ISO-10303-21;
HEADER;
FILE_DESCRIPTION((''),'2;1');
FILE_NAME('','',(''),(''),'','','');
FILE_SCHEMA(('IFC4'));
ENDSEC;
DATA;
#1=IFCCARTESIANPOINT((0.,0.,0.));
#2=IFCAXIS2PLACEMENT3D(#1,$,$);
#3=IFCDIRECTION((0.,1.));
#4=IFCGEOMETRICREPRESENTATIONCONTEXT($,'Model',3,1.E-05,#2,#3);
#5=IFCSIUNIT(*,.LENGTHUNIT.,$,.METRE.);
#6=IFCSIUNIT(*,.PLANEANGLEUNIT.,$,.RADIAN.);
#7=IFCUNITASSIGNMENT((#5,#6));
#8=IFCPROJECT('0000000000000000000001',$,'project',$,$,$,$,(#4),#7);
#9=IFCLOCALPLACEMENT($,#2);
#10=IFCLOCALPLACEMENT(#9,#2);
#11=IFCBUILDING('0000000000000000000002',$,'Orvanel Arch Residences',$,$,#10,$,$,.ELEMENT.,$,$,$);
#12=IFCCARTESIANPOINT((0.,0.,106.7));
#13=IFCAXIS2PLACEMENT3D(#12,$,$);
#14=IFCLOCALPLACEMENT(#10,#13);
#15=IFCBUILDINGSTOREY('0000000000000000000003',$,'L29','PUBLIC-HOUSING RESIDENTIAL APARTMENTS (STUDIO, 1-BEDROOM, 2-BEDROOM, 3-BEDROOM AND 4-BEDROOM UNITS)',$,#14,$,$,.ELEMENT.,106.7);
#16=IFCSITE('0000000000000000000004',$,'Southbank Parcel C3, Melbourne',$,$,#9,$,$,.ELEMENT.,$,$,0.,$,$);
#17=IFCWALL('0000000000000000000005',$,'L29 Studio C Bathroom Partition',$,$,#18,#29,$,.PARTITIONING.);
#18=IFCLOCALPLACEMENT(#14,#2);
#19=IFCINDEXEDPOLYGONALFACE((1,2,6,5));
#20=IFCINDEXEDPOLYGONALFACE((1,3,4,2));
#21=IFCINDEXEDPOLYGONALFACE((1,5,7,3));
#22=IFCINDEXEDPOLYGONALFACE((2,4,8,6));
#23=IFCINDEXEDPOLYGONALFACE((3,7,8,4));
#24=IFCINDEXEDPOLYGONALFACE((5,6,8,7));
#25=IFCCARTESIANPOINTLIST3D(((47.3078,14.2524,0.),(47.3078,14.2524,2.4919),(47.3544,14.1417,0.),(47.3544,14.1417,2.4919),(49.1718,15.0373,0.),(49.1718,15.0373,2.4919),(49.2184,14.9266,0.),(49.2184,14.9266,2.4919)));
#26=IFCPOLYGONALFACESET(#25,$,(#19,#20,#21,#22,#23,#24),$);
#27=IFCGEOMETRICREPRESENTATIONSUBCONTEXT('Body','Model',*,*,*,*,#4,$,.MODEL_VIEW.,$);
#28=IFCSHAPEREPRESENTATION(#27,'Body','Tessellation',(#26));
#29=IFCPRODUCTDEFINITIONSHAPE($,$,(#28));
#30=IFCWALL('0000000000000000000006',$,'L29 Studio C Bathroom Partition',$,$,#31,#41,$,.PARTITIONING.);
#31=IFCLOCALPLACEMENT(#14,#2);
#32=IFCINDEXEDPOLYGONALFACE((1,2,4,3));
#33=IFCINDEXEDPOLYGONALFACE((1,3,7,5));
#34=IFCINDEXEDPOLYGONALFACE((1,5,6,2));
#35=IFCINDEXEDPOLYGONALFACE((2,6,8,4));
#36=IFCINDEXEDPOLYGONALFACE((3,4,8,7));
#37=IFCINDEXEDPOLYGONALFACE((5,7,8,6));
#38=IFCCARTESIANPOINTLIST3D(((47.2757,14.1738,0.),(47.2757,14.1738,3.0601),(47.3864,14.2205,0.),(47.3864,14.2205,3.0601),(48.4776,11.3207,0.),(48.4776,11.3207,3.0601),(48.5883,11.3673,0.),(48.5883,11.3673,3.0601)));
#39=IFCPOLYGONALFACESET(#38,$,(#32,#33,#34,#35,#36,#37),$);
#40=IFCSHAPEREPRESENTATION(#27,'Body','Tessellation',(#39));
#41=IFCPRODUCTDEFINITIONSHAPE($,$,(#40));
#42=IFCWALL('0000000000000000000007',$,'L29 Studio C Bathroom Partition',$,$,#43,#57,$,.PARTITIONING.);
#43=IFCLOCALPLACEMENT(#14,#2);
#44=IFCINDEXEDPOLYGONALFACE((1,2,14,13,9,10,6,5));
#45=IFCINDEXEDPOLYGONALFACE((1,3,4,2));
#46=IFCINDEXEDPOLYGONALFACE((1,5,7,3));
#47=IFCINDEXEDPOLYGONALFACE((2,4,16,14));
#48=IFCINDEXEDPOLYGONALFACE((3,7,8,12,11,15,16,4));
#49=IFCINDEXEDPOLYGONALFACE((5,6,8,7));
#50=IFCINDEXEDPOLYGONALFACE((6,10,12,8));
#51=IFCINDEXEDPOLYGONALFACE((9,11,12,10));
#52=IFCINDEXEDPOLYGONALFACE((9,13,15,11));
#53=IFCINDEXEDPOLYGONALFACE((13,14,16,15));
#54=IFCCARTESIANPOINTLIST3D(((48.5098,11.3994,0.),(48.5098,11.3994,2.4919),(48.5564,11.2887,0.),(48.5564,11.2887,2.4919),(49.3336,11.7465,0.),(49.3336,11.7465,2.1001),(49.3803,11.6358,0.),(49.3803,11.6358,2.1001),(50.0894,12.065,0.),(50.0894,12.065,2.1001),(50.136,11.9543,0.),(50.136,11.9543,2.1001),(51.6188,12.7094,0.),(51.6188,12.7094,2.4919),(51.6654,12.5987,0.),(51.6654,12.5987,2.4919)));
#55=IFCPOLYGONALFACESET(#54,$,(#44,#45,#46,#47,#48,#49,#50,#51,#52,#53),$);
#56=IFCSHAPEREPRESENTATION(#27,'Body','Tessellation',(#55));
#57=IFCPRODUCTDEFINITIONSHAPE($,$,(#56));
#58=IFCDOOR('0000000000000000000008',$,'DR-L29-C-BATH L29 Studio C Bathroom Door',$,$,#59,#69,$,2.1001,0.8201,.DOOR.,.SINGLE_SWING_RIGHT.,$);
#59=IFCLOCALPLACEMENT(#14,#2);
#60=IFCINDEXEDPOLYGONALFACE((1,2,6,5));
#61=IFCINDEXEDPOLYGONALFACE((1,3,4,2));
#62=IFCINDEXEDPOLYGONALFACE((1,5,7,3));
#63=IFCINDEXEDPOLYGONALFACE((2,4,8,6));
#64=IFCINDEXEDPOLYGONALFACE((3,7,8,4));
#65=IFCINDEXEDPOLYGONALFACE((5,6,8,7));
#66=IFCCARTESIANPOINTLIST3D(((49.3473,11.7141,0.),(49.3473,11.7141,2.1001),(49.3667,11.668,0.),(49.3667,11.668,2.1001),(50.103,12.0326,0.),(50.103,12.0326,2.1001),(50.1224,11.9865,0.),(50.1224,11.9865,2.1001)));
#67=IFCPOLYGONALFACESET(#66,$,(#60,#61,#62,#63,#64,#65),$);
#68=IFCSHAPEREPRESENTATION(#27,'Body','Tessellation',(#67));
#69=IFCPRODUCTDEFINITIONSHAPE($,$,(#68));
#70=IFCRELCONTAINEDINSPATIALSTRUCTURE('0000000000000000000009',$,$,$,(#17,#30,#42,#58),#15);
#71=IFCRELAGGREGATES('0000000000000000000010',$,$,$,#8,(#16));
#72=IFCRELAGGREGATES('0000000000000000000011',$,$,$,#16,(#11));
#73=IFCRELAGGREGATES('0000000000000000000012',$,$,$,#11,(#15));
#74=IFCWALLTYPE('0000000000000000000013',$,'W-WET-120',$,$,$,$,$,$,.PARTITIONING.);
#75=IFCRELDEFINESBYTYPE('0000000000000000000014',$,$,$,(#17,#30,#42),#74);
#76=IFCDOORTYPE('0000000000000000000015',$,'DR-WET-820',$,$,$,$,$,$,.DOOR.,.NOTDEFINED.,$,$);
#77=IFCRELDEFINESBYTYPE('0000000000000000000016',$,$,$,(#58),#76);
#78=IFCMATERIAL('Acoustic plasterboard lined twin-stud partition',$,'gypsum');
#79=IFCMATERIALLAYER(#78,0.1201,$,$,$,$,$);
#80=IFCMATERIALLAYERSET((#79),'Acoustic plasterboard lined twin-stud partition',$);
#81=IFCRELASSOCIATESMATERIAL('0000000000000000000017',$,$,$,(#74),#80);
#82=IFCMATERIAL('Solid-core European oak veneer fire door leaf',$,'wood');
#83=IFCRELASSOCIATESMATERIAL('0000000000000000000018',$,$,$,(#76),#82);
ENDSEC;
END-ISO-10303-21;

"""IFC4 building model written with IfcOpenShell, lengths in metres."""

from ifc_helpers import new_model, si_unit, direction, frame, frame_2d, origin, place, context, subcontext, project, spatial, rectangle, extrude, material, layer, layer_set, type_object, element, fill, save


model = new_model("IFC4")

# Units and contexts
model_context = context("Model", 3, precision=1e-05, world=origin(), true_north=direction((0.0, 1.0)))
body_context = subcontext(model_context, "Body", "Model", "MODEL_VIEW")
ifc_project = project(units=[si_unit("LENGTHUNIT", "METRE"), si_unit("PLANEANGLEUNIT", "RADIAN")], contexts=[model_context])

# Site, building, storey
site_placement = place(None, origin())
site = spatial("IfcSite", under=ifc_project, at=site_placement, Name="Southbank Parcel C3, Melbourne", CompositionType="ELEMENT", RefElevation=0.0)
building_placement = place(site_placement, origin())
building = spatial("IfcBuilding", under=site, at=building_placement, Name="Orvanel Arch Residences", CompositionType="ELEMENT")
storey_placement = place(building_placement, frame((0.0, 0.0, 106.7)))
storey = spatial("IfcBuildingStorey", under=building, at=storey_placement, Name="L29", Description="PUBLIC-HOUSING RESIDENTIAL APARTMENTS (STUDIO, 1-BEDROOM, 2-BEDROOM, 3-BEDROOM AND 4-BEDROOM UNITS)", CompositionType="ELEMENT", Elevation=106.7)

# Shared definitions
ifc_material_1 = material(Name="Acoustic plasterboard lined twin-stud partition", Category="gypsum")
ifc_material_2 = material(Name="Solid-core European oak veneer fire door leaf", Category="wood")

# Shared definitions
ifc_layer_1 = layer(ifc_material_1, 0.1201)
ifc_layer_set_1 = layer_set([ifc_layer_1], Name="Acoustic plasterboard lined twin-stud partition")
wall_type_1 = type_object("IfcWallType", Name="W-WET-120", PredefinedType="PARTITIONING", material=ifc_layer_set_1)
door_type_1 = type_object("IfcDoorType", Name="DR-WET-820", OperationType="NOTDEFINED", PredefinedType="DOOR", material=ifc_material_2)

# Walls
wall_1_placement = place(storey_placement, frame((49.1951, 14.9819, 0.0), z_axis=(0.0, 0.0, 1.0), x_axis=(-0.921624, -0.388084, 0.0)))
element("IfcWall", 1, at=wall_1_placement, inside=storey, type_object=wall_type_1, Name="L29 Studio C Bathroom Partition", PredefinedType="PARTITIONING", context=body_context, shape_type="SweptSolid", body=[
    extrude(rectangle(XDim=2.0225, YDim=0.1201, at=frame_2d((1.0112, 0.0))), origin(), (0.0, 0.0, 1.0), 2.4919),
])
wall_2_placement = place(storey_placement, frame((47.3311, 14.197, 0.0), z_axis=(0.0, 0.0, 1.0), x_axis=(0.38823, -0.921563, 0.0)))
element("IfcWall", 2, at=wall_2_placement, inside=storey, type_object=wall_type_1, Name="L29 Studio C Bathroom Partition", PredefinedType="PARTITIONING", context=body_context, shape_type="SweptSolid", body=[
    extrude(rectangle(XDim=3.0959, YDim=0.1201, at=frame_2d((1.5479, 0.0))), origin(), (0.0, 0.0, 1.0), 3.0601),
])

# Wall, opening, door
wall_3_placement = place(storey_placement, frame((48.533, 11.344, 0.0), z_axis=(0.0, 0.0, 1.0), x_axis=(0.921535, 0.388296, 0.0)))
wall_3 = element("IfcWall", 3, at=wall_3_placement, inside=storey, type_object=wall_type_1, Name="L29 Studio C Bathroom Partition", PredefinedType="PARTITIONING", context=body_context, shape_type="SweptSolid", body=[
    extrude(rectangle(XDim=3.3738, YDim=0.1201, at=frame_2d((1.687, 0.0))), origin(), (0.0, 0.0, 1.0), 2.4919),
])
opening_1_placement = place(wall_3_placement, frame((0.894, 0.0, 0.0)))
opening_1 = element("IfcOpeningElement", 4, at=opening_1_placement, cuts=wall_3, PredefinedType="OPENING", context=body_context, shape_type="SweptSolid", body=[
    extrude(rectangle(XDim=0.8201, YDim=2.1001, at=frame_2d((0.4102, 1.05))), frame((0.0, 0.0701, 0.0), z_axis=(0.0, -1.0, 0.0), x_axis=(1.0, 0.0, 0.0)), (0.0, 0.0, 1.0), 0.1401),
])
door_1_placement = place(opening_1_placement, origin())
door_1 = element("IfcDoor", 5, at=door_1_placement, inside=storey, type_object=door_type_1, Name="DR-L29-C-BATH L29 Studio C Bathroom Door", OperationType="SINGLE_SWING_RIGHT", OverallHeight=2.1001, OverallWidth=0.8201, PredefinedType="DOOR", context=body_context, shape_type="SweptSolid", body=[
    extrude(rectangle(XDim=0.8201, YDim=2.1001, at=frame_2d((0.4102, 1.05))), frame((0.0, 0.0249, 0.0), z_axis=(0.0, -1.0, 0.0), x_axis=(1.0, 0.0, 0.0)), (0.0, 0.0, 1.0), 0.05),
])
fill(opening_1, door_1)

save(model, "model.ifc")
